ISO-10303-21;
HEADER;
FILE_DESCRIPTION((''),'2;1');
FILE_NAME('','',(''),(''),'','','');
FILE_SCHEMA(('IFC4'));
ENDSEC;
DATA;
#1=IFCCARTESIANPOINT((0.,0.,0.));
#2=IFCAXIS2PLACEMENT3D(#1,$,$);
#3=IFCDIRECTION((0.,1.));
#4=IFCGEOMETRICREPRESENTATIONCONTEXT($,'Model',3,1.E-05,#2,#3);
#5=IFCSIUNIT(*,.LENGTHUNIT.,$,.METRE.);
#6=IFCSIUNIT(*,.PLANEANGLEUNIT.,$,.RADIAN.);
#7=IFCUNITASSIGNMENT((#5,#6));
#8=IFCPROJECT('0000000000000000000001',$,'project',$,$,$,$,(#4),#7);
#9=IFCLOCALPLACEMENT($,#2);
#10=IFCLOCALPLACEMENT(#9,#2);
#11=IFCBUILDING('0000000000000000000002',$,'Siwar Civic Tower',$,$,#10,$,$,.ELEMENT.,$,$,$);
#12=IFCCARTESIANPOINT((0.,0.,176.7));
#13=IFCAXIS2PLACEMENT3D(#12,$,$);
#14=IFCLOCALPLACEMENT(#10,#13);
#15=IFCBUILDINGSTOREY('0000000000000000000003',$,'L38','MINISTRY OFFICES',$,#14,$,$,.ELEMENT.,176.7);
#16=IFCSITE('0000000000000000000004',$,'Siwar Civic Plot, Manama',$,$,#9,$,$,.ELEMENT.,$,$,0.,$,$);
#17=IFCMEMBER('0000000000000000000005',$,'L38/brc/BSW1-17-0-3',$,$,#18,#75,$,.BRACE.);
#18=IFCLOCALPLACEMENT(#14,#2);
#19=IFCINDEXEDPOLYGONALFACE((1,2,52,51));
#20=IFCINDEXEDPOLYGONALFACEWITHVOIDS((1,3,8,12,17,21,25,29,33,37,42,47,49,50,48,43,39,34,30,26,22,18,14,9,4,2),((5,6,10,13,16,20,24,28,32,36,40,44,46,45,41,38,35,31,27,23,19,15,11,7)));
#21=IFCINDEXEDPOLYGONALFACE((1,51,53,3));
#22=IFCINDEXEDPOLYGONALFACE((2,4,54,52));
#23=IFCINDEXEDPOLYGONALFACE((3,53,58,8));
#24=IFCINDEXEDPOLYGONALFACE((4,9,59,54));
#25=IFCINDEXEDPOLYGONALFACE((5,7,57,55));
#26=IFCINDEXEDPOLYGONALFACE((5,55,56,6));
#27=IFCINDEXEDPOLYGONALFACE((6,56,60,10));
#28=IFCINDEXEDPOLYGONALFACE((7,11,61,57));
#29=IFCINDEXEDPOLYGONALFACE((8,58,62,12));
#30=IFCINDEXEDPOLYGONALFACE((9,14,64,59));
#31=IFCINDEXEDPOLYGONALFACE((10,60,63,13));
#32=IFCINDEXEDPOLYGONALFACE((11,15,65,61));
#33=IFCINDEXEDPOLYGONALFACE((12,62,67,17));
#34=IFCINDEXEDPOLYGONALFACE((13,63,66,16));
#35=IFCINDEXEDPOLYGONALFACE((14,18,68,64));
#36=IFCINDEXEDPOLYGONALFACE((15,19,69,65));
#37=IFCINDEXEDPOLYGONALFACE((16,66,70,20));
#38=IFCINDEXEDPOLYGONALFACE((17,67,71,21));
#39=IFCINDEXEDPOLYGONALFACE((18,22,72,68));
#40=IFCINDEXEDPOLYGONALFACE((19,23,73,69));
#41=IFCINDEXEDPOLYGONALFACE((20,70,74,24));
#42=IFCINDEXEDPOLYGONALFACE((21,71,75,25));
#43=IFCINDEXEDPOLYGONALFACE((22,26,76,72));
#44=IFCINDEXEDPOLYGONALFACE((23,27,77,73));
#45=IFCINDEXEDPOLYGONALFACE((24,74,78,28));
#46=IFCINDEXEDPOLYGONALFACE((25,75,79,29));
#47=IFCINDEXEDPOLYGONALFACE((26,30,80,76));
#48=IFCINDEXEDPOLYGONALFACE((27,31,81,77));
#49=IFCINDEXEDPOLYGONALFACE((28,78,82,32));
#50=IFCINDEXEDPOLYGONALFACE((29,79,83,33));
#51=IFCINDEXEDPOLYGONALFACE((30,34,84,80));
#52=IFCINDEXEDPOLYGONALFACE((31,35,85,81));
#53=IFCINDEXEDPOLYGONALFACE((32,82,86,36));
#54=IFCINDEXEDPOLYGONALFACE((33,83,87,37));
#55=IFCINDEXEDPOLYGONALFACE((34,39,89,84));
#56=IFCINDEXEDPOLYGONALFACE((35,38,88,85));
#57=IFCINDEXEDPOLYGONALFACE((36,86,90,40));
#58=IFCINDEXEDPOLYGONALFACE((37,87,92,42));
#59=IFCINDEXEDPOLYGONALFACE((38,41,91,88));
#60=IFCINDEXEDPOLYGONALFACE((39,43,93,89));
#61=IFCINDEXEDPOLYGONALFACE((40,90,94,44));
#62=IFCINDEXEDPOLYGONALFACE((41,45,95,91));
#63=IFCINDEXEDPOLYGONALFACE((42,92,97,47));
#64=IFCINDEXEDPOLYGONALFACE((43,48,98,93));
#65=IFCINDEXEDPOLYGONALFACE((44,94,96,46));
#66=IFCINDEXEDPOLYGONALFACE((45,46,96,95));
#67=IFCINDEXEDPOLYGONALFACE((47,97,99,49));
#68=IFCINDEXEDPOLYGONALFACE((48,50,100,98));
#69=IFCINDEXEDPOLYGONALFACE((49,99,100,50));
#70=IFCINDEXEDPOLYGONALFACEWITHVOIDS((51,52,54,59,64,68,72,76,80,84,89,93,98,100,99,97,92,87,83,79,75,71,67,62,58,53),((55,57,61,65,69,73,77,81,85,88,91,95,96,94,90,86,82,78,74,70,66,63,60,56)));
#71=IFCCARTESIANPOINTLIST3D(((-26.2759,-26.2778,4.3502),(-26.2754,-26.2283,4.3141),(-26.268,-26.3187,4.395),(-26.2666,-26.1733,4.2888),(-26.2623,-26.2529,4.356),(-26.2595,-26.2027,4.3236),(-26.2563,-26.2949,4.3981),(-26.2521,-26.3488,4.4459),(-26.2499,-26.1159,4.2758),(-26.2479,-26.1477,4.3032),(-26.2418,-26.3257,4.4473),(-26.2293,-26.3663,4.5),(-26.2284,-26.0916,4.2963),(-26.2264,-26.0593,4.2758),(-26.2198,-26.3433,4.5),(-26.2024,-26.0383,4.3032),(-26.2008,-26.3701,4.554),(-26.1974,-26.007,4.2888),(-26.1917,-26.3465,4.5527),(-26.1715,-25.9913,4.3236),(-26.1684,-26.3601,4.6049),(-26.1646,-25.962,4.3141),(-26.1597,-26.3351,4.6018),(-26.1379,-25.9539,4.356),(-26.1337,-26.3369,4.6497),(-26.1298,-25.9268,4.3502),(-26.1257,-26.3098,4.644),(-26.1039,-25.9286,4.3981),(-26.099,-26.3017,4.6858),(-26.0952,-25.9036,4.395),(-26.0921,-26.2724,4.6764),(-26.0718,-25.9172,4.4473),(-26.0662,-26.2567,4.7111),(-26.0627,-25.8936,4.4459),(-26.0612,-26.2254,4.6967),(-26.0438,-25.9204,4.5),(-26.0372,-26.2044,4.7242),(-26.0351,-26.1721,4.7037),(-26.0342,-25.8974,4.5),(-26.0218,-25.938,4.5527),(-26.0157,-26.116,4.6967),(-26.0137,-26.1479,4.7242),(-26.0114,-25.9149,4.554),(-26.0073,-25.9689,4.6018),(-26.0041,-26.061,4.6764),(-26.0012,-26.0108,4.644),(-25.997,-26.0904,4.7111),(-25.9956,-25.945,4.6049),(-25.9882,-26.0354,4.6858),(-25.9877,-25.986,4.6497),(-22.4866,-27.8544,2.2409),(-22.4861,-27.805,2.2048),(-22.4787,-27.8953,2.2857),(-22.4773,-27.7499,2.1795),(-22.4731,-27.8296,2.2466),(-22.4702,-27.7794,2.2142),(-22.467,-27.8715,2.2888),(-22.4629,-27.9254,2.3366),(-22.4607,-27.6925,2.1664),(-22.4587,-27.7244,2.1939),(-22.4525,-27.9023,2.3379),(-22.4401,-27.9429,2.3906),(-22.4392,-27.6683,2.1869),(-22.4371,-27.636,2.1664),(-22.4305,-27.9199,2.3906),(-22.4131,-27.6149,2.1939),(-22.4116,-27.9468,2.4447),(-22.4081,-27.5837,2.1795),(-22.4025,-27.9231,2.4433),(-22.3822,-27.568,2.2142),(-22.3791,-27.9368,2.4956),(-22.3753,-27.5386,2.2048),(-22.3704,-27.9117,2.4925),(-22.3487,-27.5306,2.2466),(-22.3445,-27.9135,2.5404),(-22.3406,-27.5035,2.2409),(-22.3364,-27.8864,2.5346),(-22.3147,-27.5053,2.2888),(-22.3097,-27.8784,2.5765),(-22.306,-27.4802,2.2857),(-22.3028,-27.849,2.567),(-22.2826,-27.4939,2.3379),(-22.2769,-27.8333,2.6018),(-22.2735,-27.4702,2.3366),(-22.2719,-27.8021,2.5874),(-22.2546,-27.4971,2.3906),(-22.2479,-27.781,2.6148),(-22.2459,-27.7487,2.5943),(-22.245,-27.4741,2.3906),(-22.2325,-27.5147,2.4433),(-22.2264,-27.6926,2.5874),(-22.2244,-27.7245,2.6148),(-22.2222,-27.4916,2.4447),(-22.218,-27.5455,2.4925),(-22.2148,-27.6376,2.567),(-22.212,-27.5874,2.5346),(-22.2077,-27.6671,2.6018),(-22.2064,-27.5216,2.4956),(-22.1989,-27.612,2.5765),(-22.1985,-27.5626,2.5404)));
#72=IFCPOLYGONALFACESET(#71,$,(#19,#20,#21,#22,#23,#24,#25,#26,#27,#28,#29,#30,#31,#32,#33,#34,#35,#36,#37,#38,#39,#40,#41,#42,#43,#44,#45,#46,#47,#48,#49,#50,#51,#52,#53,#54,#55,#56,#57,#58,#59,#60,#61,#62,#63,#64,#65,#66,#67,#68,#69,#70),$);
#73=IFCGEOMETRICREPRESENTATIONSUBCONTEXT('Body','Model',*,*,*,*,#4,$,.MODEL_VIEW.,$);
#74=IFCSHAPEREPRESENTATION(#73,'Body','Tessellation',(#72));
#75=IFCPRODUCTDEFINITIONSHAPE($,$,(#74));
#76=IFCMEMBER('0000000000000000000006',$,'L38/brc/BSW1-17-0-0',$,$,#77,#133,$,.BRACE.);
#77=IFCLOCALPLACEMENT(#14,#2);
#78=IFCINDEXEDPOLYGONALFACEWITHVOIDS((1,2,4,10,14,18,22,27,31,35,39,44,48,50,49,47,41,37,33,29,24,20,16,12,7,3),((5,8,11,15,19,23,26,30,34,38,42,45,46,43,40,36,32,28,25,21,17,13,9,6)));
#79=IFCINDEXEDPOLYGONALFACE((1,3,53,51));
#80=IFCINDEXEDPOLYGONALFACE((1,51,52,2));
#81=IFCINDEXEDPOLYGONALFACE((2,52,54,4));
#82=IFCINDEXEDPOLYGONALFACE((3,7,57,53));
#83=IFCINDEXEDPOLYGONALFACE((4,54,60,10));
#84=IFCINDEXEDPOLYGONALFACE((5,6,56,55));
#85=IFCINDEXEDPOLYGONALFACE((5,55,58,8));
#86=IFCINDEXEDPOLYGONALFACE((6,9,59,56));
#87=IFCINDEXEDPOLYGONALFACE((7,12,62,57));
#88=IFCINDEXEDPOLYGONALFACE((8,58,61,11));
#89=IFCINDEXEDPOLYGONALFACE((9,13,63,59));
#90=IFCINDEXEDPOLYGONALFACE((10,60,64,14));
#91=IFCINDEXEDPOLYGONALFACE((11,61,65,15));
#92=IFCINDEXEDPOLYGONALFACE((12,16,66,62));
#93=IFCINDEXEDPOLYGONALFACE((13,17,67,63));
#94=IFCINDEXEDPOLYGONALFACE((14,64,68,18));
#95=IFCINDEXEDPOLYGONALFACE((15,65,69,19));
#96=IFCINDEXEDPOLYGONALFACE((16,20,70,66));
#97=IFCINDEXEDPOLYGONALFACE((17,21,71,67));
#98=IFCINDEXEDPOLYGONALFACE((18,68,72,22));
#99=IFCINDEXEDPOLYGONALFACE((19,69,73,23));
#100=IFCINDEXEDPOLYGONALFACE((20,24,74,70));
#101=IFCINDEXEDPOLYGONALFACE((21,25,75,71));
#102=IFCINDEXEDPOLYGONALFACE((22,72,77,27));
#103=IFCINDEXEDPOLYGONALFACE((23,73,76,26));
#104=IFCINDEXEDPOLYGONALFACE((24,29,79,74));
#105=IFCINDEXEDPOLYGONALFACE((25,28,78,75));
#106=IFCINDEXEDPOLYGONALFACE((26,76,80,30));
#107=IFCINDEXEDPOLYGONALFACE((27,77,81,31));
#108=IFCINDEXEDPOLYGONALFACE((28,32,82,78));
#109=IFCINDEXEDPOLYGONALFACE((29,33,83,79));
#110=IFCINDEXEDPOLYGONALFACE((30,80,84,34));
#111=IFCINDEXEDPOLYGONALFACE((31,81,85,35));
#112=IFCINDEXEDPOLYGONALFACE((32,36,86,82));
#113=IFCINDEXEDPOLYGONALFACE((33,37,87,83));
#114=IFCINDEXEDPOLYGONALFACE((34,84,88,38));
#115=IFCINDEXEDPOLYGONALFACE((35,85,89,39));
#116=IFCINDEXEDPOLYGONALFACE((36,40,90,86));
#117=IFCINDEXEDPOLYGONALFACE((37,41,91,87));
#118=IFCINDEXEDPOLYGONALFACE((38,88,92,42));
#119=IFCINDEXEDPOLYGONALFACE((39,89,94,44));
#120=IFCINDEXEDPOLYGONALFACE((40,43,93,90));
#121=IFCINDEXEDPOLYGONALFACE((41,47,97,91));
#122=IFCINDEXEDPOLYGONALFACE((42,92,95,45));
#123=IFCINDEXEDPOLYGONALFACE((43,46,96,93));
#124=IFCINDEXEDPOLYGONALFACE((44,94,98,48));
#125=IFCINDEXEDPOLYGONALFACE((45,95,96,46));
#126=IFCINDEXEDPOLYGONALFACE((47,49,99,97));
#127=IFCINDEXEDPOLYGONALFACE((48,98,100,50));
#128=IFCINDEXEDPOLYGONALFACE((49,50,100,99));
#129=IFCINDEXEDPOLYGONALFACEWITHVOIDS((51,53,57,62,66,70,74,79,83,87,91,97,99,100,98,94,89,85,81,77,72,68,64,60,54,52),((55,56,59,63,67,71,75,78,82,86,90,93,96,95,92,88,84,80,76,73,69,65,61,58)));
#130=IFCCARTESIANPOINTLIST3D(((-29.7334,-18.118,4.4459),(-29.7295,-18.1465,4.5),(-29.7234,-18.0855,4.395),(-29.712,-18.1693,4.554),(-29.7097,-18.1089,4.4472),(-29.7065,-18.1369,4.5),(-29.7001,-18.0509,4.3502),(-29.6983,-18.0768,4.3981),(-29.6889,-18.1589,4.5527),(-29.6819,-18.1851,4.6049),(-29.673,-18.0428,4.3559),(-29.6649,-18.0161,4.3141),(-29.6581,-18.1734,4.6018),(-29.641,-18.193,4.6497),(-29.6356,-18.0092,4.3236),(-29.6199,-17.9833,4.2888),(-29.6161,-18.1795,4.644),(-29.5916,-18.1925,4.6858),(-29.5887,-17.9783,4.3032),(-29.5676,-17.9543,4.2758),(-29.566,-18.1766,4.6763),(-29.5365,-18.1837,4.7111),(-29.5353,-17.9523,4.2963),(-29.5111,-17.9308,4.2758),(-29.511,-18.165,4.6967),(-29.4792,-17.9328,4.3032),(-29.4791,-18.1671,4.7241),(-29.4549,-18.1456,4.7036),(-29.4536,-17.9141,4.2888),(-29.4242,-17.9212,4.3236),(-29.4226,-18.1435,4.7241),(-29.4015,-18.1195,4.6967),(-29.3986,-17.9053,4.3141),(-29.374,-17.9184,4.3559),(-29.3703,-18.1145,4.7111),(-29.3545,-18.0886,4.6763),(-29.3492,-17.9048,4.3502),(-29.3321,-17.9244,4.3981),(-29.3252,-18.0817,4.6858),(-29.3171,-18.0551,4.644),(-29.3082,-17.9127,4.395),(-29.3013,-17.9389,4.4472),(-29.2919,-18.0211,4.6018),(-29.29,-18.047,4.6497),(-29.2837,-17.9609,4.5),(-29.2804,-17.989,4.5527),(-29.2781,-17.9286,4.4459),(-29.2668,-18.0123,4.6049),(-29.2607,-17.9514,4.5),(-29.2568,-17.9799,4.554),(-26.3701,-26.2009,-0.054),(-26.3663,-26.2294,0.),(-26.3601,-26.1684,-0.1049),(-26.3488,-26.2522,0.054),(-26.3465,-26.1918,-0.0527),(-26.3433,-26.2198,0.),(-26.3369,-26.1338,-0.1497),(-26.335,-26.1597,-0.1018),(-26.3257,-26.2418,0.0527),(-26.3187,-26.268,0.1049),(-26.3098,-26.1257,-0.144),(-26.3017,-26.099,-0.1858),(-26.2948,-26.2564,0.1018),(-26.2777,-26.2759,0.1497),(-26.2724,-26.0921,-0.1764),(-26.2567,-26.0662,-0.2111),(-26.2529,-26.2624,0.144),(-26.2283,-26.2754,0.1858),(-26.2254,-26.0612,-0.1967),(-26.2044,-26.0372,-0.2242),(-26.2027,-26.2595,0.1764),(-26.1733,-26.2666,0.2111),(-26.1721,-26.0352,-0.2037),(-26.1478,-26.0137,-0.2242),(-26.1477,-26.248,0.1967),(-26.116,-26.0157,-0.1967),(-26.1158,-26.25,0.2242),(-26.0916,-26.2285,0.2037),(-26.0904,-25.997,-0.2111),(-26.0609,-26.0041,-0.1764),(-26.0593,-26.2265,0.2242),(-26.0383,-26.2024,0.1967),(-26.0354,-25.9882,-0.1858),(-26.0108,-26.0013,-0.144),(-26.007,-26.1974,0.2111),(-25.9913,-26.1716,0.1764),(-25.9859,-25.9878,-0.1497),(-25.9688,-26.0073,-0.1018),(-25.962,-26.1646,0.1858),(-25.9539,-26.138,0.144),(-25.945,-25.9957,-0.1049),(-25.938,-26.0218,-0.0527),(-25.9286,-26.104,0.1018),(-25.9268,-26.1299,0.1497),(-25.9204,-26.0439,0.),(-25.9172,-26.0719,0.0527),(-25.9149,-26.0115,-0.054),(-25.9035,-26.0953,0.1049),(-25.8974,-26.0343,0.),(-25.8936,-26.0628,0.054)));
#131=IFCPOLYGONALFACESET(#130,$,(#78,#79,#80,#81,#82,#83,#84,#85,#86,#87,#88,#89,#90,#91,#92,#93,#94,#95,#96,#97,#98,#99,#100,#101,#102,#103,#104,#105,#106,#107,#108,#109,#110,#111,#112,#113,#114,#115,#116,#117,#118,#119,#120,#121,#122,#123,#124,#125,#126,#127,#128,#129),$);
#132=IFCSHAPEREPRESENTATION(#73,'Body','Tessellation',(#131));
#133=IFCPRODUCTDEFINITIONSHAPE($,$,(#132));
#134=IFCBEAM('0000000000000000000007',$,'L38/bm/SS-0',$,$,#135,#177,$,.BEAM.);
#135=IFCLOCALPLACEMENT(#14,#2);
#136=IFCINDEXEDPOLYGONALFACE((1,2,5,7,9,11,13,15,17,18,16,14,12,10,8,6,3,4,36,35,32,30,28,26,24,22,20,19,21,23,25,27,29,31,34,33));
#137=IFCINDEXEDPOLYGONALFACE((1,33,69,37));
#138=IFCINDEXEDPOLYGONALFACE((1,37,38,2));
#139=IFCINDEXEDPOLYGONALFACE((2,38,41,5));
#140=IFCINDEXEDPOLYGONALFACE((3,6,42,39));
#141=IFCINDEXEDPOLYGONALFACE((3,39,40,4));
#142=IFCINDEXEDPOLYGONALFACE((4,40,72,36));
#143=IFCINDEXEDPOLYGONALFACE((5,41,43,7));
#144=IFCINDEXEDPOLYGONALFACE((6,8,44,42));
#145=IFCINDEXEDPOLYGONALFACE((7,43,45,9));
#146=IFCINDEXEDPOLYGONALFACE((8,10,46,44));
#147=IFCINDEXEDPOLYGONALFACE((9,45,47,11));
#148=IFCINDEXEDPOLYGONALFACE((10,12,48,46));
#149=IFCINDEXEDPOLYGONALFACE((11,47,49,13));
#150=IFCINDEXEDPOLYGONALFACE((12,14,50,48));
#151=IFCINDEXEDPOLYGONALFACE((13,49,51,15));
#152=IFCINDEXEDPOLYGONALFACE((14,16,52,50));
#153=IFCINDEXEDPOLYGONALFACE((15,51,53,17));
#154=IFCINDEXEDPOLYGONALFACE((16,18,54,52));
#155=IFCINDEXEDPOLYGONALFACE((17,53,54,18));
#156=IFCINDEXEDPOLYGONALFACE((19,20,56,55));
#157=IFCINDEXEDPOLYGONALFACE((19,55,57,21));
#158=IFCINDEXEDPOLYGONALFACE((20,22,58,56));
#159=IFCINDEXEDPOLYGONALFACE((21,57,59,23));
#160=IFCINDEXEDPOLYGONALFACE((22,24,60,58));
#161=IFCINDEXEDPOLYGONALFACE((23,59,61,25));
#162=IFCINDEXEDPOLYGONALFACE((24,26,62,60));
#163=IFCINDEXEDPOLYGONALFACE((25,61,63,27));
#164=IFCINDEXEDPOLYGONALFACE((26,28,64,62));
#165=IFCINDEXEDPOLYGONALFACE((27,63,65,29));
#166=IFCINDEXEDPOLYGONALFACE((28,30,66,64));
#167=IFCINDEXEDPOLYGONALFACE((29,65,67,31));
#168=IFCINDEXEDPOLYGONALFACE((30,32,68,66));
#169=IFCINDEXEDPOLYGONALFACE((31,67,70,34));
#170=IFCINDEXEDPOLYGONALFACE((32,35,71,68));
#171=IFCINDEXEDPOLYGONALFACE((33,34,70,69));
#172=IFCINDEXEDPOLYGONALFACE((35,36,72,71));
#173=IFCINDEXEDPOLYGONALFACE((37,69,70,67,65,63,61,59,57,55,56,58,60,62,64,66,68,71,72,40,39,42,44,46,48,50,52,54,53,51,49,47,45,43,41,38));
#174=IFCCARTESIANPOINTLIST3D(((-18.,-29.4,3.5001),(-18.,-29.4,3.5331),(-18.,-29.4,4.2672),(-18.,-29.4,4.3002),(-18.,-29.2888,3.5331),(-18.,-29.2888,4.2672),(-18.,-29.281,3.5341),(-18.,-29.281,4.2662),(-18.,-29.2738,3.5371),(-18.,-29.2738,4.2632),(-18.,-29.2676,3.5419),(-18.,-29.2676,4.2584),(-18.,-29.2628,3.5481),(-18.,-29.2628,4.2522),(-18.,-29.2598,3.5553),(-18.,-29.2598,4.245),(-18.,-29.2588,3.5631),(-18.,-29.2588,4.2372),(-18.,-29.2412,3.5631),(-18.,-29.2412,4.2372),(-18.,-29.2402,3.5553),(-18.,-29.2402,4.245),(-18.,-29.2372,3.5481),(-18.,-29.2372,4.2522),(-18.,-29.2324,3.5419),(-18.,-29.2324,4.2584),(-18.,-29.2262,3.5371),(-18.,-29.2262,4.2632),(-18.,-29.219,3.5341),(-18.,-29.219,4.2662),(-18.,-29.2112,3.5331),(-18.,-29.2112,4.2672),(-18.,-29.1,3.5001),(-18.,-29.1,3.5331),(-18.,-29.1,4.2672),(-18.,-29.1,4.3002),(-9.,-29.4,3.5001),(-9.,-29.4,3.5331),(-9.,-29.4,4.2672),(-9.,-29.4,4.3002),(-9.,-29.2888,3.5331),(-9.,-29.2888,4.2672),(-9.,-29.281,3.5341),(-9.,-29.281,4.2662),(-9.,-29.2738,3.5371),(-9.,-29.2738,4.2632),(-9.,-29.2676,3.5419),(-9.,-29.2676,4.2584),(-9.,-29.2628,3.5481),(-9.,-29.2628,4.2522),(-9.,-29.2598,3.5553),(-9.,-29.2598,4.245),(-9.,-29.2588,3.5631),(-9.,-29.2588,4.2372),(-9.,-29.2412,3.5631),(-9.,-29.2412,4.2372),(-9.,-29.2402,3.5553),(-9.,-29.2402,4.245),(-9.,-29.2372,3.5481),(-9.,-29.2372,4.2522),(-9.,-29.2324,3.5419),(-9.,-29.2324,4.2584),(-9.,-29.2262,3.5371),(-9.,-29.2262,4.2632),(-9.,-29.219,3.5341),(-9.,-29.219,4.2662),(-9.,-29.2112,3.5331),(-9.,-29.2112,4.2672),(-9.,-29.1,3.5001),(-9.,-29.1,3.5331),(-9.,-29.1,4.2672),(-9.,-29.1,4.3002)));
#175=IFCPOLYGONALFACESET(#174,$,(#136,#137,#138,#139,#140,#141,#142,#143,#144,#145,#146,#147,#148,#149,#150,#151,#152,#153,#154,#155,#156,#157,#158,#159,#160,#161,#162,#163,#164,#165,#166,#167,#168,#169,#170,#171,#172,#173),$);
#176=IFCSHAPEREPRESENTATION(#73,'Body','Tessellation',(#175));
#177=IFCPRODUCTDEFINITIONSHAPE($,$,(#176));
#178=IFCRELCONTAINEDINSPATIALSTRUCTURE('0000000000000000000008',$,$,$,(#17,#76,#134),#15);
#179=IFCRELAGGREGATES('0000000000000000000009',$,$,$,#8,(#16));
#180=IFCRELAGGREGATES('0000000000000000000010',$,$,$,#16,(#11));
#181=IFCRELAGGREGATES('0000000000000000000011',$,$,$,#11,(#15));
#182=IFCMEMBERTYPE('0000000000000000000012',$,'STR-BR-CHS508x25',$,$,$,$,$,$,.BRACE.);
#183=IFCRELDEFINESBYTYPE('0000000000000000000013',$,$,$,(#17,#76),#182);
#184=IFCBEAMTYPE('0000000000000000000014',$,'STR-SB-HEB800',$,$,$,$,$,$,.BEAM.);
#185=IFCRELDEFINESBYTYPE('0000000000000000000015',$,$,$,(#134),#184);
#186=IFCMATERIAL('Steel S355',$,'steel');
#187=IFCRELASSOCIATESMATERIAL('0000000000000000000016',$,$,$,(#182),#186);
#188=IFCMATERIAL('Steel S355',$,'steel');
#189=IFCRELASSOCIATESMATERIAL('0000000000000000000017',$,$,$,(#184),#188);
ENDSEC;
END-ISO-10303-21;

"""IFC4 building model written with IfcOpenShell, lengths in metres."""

from ifc_helpers import new_model, si_unit, direction, frame, origin, origin_2d, place, context, subcontext, project, spatial, hollow_circle, i_section, extrude, material, material_profile, profile_set, type_object, element, save


model = new_model("IFC4")

# Units and contexts
model_context = context("Model", 3, precision=1e-05, world=origin(), true_north=direction((0.0, 1.0)))
body_context = subcontext(model_context, "Body", "Model", "MODEL_VIEW")
ifc_project = project(units=[si_unit("LENGTHUNIT", "METRE"), si_unit("PLANEANGLEUNIT", "RADIAN")], contexts=[model_context])

# Site, building, storey
site_placement = place(None, origin())
site = spatial("IfcSite", under=ifc_project, at=site_placement, Name="Siwar Civic Plot, Manama", CompositionType="ELEMENT", RefElevation=0.0)
building_placement = place(site_placement, origin())
building = spatial("IfcBuilding", under=site, at=building_placement, Name="Siwar Civic Tower", CompositionType="ELEMENT")
storey_placement = place(building_placement, frame((0.0, 0.0, 176.7)))
storey = spatial("IfcBuildingStorey", under=building, at=storey_placement, Name="L38", Description="MINISTRY OFFICES", CompositionType="ELEMENT", Elevation=176.7)

# Members
ifc_material_1 = material(Name="Steel S355", Category="steel")
ifc_material_profile_1 = material_profile(ifc_material_1, hollow_circle(Radius=0.2539, WallThickness=0.0249, at=origin_2d()), Name="CHS508x25")
ifc_profile_set_1 = profile_set([ifc_material_profile_1], Name="Steel S355")
member_type = type_object("IfcMemberType", Name="STR-BR-CHS508x25", PredefinedType="BRACE", material=ifc_profile_set_1)
for number, where, z_axis, x_axis, name in (
    (1, (-22.3425, -27.7085, 2.3906), (-0.821163, 0.341671, 0.457113), (-0.384155, -0.923269, 0.0), "L38/brc/BSW1-17-0-3"),
):
    element("IfcMember", number, at=place(storey_placement, frame(where, z_axis=z_axis, x_axis=x_axis)), inside=storey, type_object=member_type, Name=name, PredefinedType="BRACE", context=body_context, shape_type="SweptSolid", body=[
        extrude(hollow_circle(Radius=0.2539, WallThickness=0.0249, at=origin_2d()), origin(), (0.0, 0.0, 1.0), 4.6145),
    ])
member_1_placement = place(storey_placement, frame((-26.1318, -26.1318, 0.0), z_axis=(-0.341671, 0.821143, 0.457149), x_axis=(-0.923265, -0.384164, 0.0)))
element("IfcMember", 2, at=member_1_placement, inside=storey, type_object=member_type, Name="L38/brc/BSW1-17-0-0", PredefinedType="BRACE", context=body_context, shape_type="SweptSolid", body=[
    extrude(hollow_circle(Radius=0.2539, WallThickness=0.0249, at=origin_2d()), origin(), (0.0, 0.0, 1.0), 9.8435),
])

# Beam
ifc_material_2 = material(Name="Steel S355", Category="steel")
ifc_material_profile_2 = material_profile(ifc_material_2, i_section(OverallWidth=0.3, OverallDepth=0.8, WebThickness=0.0176, FlangeThickness=0.033, FilletRadius=0.03, at=origin_2d()), Name="HEB800")
ifc_profile_set_2 = profile_set([ifc_material_profile_2], Name="Steel S355")
beam_type = type_object("IfcBeamType", Name="STR-SB-HEB800", PredefinedType="BEAM", material=ifc_profile_set_2)
beam_1_placement = place(storey_placement, frame((-18.0, -29.25, 3.9001), z_axis=(1.0, 0.0, 0.0), x_axis=(0.0, 1.0, 0.0)))
element("IfcBeam", 3, at=beam_1_placement, inside=storey, type_object=beam_type, Name="L38/bm/SS-0", PredefinedType="BEAM", context=body_context, shape_type="SweptSolid", body=[
    extrude(i_section(OverallWidth=0.3, OverallDepth=0.8, WebThickness=0.0176, FlangeThickness=0.033, FilletRadius=0.03, at=origin_2d()), origin(), (0.0, 0.0, 1.0), 9.0),
])

save(model, "model.ifc")
